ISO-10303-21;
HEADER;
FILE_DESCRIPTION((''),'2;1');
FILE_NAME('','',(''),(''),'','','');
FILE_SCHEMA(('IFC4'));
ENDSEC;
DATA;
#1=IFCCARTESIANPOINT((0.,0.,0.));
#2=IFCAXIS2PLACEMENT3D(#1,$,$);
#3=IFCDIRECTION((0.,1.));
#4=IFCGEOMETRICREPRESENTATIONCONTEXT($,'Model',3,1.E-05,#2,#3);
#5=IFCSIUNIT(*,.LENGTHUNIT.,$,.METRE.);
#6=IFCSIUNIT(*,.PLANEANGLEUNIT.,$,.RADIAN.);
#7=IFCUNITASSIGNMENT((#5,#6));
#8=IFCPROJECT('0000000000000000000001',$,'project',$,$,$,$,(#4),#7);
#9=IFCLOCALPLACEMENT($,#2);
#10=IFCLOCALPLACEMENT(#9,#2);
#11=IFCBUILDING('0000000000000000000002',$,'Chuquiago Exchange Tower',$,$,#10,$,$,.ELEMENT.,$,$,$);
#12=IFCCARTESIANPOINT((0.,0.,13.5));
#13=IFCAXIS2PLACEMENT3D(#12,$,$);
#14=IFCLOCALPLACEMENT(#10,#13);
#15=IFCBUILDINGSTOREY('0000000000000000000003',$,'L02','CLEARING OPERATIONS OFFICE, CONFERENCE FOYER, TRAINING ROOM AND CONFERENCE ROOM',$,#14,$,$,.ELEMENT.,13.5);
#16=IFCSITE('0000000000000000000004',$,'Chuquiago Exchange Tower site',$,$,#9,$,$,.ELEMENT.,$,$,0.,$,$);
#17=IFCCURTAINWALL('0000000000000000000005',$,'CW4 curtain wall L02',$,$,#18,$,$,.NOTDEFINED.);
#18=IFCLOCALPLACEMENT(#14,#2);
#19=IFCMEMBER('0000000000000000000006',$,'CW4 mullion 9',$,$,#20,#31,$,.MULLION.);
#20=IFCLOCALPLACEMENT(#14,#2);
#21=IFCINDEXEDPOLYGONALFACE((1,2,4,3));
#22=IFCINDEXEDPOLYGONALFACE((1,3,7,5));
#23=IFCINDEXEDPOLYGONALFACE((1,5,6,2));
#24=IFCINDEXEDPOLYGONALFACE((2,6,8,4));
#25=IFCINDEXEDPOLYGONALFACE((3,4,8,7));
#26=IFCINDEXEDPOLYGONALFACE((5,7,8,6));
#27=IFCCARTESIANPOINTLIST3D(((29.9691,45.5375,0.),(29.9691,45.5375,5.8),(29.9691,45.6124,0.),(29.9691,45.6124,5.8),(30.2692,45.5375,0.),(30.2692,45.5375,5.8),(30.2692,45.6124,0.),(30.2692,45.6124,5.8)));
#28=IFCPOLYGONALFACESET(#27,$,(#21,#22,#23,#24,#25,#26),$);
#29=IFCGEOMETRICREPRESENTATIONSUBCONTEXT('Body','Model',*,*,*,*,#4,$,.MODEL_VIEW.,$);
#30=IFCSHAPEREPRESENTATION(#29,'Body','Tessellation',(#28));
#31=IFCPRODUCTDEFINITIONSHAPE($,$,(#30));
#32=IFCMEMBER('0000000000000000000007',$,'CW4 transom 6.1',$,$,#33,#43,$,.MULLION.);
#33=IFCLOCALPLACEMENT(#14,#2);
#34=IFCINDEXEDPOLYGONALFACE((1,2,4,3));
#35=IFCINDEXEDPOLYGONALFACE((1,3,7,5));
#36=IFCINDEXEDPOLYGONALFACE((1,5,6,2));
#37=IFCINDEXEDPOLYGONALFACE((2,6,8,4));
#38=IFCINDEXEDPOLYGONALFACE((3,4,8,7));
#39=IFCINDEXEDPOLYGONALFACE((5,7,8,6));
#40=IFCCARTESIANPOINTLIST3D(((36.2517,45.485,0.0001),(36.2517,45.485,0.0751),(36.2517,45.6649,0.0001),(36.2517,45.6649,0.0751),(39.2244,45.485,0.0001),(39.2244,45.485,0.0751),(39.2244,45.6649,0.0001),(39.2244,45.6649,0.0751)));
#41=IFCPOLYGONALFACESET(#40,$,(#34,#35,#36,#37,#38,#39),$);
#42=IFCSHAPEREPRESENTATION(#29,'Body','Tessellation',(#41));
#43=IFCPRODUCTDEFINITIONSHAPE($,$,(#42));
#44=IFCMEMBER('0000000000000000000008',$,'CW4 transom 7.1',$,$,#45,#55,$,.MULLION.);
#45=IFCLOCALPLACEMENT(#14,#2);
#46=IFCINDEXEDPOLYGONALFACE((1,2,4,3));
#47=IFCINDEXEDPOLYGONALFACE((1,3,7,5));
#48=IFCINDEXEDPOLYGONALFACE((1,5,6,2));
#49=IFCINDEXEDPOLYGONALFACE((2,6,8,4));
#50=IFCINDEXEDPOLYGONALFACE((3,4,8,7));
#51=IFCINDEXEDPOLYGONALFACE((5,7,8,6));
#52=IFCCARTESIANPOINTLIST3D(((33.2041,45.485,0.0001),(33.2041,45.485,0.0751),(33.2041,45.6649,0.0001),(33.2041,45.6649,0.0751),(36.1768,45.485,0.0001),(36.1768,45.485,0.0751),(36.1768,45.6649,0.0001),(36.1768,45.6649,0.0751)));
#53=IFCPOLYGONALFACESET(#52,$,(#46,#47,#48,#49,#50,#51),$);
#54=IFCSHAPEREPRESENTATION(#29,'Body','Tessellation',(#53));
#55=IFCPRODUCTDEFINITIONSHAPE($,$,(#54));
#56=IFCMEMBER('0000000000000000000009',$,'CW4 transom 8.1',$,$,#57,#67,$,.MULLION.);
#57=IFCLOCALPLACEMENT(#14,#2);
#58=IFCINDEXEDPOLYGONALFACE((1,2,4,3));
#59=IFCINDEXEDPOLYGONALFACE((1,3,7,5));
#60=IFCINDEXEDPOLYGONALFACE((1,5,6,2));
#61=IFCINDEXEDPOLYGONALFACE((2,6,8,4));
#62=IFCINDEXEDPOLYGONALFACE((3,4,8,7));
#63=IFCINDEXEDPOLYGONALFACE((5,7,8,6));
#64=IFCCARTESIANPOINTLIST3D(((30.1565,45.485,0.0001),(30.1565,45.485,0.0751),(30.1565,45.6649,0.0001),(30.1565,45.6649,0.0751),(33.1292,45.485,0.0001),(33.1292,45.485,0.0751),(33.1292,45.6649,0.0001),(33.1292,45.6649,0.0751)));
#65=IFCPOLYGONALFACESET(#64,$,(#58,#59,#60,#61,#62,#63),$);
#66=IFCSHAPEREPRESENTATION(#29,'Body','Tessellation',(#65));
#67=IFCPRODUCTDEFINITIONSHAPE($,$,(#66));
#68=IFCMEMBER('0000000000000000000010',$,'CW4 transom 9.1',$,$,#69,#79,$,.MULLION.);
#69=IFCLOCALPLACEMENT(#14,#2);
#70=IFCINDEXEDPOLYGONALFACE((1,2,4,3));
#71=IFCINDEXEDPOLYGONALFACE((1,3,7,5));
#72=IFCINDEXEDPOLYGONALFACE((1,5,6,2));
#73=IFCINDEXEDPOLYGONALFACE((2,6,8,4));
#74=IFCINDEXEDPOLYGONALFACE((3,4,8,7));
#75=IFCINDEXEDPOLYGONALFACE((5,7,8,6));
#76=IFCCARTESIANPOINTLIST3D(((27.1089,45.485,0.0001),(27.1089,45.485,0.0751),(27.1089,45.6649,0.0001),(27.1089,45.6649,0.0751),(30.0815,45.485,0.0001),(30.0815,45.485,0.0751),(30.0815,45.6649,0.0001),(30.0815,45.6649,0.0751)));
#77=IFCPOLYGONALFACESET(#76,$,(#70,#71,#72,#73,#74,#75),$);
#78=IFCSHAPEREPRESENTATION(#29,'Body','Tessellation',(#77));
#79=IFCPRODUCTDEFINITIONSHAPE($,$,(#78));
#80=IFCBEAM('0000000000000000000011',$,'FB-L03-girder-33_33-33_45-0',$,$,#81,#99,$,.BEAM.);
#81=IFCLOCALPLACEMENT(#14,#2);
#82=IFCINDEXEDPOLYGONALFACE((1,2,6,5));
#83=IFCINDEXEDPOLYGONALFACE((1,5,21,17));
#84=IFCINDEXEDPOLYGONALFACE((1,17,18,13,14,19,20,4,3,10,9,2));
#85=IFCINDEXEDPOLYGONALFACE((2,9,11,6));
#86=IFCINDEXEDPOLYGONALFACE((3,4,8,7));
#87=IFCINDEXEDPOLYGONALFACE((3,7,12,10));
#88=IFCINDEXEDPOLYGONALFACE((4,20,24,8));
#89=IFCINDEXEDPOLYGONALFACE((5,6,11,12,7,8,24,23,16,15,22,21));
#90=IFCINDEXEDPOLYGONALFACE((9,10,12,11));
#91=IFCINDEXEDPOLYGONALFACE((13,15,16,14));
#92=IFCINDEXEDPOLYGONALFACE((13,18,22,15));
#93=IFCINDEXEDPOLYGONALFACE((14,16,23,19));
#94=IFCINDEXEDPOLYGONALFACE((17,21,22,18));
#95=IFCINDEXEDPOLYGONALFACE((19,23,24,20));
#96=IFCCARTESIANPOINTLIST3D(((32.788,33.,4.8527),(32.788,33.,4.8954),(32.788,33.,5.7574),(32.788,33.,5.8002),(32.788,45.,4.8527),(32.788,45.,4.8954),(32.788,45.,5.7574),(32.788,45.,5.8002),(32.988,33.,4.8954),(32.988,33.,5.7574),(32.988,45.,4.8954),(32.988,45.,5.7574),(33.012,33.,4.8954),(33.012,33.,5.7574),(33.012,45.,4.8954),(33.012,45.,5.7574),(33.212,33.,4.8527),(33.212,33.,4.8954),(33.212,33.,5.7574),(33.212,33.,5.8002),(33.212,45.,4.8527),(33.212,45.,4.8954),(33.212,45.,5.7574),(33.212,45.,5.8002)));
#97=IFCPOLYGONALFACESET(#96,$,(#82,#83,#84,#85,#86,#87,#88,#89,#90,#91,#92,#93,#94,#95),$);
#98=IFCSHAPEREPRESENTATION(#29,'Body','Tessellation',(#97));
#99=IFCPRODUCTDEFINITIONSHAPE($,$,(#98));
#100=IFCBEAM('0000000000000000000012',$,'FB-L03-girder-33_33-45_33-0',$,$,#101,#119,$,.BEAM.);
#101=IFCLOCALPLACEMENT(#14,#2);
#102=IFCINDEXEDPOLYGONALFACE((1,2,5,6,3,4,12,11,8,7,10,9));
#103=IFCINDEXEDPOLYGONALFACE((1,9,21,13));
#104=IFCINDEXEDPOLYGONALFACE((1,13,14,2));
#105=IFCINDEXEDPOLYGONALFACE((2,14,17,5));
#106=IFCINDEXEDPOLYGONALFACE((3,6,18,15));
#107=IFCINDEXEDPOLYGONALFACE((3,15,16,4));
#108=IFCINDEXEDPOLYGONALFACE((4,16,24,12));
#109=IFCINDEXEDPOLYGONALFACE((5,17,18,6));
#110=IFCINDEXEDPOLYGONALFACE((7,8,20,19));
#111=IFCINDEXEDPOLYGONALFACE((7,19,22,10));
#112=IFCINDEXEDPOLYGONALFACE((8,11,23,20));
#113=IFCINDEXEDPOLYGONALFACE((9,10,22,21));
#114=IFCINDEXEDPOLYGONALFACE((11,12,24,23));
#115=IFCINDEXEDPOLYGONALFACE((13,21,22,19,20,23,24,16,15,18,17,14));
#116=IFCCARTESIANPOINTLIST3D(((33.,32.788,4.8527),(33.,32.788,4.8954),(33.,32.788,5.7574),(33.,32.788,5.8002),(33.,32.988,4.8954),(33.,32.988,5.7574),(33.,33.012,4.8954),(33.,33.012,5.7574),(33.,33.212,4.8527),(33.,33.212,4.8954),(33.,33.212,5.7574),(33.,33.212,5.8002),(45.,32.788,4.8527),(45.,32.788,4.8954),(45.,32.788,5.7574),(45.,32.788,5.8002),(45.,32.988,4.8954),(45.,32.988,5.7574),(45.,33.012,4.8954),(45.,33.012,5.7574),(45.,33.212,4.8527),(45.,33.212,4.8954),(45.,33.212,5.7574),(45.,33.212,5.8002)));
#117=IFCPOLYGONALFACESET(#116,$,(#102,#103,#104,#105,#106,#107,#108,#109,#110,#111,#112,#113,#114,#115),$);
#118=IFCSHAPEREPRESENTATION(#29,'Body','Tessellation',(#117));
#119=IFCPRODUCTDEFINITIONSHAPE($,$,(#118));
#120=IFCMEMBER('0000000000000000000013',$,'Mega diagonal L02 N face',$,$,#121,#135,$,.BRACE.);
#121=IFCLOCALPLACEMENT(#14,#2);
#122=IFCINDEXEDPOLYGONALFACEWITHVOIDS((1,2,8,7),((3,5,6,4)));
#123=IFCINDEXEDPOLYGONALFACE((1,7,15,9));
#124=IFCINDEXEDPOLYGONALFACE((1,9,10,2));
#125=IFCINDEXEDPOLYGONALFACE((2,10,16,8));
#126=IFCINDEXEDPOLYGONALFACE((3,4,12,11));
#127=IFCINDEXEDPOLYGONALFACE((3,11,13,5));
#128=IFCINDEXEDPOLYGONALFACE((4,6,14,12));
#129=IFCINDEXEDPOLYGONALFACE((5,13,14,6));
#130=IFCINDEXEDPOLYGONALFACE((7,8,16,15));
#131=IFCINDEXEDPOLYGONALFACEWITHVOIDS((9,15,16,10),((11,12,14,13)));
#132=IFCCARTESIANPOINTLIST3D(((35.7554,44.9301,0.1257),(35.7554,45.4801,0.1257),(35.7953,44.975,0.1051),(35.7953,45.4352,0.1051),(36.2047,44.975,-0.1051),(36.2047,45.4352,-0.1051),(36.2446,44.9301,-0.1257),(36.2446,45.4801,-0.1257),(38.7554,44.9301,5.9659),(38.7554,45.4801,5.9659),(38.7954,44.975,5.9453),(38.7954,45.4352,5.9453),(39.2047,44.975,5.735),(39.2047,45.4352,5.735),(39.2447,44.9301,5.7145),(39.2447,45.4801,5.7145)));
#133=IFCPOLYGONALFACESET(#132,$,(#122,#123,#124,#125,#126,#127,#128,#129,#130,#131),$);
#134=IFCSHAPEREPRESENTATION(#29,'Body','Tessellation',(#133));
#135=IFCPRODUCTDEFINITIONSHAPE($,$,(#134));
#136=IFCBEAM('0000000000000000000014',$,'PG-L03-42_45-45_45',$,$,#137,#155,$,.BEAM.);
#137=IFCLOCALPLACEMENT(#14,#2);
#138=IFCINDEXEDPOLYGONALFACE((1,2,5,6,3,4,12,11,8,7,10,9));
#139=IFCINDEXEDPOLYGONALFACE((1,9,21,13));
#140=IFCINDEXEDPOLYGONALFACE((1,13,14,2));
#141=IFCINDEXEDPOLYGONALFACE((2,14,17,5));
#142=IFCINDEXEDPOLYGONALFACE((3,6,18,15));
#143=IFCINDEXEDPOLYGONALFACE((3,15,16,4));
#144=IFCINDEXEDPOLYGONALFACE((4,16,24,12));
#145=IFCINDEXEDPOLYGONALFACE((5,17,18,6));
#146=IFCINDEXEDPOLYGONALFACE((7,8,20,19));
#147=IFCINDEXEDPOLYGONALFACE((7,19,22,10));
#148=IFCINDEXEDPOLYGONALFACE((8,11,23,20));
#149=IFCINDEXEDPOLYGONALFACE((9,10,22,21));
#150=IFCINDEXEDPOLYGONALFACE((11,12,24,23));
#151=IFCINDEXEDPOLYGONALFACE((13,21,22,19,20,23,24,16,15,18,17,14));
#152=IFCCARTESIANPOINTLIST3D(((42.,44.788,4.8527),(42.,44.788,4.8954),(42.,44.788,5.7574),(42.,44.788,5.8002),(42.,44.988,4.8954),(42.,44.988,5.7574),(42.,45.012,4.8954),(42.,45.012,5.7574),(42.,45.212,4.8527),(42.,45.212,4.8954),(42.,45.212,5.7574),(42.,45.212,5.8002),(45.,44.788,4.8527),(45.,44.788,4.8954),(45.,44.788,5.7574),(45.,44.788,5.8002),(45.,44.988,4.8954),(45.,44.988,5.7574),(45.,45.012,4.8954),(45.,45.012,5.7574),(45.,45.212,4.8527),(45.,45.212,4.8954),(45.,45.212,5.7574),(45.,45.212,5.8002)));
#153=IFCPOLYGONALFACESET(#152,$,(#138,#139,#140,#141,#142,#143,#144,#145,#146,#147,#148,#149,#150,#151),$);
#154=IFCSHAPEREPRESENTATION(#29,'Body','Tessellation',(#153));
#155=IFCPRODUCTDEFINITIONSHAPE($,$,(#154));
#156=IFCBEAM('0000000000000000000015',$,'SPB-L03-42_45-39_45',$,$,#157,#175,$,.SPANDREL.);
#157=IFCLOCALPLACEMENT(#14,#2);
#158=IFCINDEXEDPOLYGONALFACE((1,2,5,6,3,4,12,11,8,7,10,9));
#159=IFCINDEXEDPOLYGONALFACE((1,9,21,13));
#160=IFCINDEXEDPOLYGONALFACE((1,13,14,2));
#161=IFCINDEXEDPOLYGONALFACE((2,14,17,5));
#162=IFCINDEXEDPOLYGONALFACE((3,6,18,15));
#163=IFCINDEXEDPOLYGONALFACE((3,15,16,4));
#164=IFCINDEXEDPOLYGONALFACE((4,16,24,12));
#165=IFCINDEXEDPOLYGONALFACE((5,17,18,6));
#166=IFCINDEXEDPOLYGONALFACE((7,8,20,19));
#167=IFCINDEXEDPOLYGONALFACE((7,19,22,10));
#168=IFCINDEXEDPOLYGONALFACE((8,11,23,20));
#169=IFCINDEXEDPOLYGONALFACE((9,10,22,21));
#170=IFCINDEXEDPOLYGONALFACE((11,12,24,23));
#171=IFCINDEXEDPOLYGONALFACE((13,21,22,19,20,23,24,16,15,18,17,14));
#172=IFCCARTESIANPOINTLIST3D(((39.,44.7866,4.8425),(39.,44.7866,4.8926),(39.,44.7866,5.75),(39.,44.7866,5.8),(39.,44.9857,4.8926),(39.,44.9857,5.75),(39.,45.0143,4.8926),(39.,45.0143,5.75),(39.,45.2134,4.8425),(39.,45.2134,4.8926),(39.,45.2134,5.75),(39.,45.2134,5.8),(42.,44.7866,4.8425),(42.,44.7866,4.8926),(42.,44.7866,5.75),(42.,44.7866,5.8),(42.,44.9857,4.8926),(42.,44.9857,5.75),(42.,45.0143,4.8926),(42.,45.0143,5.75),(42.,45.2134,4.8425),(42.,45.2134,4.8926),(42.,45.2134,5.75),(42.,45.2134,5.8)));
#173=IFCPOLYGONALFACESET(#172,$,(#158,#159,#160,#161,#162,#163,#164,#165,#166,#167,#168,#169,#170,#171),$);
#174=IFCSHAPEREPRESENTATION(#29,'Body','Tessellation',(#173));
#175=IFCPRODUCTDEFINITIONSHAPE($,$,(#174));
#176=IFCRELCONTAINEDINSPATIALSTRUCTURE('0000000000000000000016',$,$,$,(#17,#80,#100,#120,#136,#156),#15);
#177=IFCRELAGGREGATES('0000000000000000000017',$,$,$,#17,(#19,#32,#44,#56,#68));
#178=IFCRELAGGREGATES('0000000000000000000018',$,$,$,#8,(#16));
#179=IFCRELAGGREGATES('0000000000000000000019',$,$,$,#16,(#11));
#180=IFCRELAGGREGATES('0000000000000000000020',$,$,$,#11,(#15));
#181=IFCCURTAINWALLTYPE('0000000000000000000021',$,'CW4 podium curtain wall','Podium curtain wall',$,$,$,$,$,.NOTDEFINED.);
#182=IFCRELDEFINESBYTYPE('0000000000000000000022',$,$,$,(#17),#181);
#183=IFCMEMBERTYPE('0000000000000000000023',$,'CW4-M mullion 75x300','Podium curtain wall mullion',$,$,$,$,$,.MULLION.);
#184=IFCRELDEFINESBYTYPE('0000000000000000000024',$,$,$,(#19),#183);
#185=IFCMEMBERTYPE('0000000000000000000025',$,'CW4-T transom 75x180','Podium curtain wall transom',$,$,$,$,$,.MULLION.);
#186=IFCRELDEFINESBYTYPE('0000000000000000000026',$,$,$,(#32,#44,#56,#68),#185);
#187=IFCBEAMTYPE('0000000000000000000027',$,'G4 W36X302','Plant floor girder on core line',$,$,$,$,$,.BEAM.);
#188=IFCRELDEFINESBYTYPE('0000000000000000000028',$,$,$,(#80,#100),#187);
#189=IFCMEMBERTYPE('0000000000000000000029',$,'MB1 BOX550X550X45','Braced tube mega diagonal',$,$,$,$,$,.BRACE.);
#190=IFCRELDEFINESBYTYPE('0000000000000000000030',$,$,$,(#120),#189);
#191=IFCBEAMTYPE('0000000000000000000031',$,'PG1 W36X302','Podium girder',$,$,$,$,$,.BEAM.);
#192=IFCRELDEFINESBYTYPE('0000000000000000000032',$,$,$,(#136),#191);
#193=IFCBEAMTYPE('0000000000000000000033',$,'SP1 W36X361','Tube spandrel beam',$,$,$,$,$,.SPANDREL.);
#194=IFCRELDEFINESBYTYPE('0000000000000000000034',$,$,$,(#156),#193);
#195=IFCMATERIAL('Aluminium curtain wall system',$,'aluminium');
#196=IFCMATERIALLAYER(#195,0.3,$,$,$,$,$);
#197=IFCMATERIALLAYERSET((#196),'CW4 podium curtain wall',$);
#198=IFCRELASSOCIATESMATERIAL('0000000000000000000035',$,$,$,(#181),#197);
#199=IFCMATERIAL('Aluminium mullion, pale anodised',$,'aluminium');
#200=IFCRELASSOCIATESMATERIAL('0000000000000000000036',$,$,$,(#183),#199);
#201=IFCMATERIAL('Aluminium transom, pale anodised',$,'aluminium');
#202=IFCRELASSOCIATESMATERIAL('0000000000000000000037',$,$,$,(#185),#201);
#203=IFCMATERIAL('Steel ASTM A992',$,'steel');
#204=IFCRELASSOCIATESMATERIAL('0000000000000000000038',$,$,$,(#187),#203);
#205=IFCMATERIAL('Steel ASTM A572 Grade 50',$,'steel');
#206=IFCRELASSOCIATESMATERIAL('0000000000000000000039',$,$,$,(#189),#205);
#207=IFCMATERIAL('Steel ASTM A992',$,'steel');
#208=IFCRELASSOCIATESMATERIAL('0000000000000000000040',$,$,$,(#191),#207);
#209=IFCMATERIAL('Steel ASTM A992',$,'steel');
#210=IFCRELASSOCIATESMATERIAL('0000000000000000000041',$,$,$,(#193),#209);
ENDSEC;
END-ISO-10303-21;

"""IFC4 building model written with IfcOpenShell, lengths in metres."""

from ifc_helpers import new_model, si_unit, direction, frame, origin, origin_2d, place, context, subcontext, project, spatial, rectangle, hollow_rectangle, i_section, extrude, material, layer, layer_set, material_profile, profile_set, type_object, element, aggregate, save


model = new_model("IFC4")

# Units and contexts
model_context = context("Model", 3, precision=1e-05, world=origin(), true_north=direction((0.0, 1.0)))
body_context = subcontext(model_context, "Body", "Model", "MODEL_VIEW")
ifc_project = project(units=[si_unit("LENGTHUNIT", "METRE"), si_unit("PLANEANGLEUNIT", "RADIAN")], contexts=[model_context])

# Site, building, storey
site_placement = place(None, origin())
site = spatial("IfcSite", under=ifc_project, at=site_placement, Name="Chuquiago Exchange Tower site", CompositionType="ELEMENT", RefElevation=0.0)
building_placement = place(site_placement, origin())
building = spatial("IfcBuilding", under=site, at=building_placement, Name="Chuquiago Exchange Tower", CompositionType="ELEMENT")
storey_placement = place(building_placement, frame((0.0, 0.0, 13.5)))
storey = spatial("IfcBuildingStorey", under=building, at=storey_placement, Name="L02", Description="CLEARING OPERATIONS OFFICE, CONFERENCE FOYER, TRAINING ROOM AND CONFERENCE ROOM", CompositionType="ELEMENT", Elevation=13.5)

# Curtain wall, members
ifc_material_1 = material(Name="Aluminium curtain wall system", Category="aluminium")
ifc_layer_1 = layer(ifc_material_1, 0.3)
ifc_layer_set_1 = layer_set([ifc_layer_1], Name="CW4 podium curtain wall")
curtain_wall_type = type_object("IfcCurtainWallType", Name="CW4 podium curtain wall", Description="Podium curtain wall", PredefinedType="NOTDEFINED", material=ifc_layer_set_1)
curtain_wall_placement = place(storey_placement, origin())
curtain_wall = element("IfcCurtainWall", 1, at=curtain_wall_placement, inside=storey, type_object=curtain_wall_type, Name="CW4 curtain wall L02", PredefinedType="NOTDEFINED")
ifc_material_2 = material(Name="Aluminium mullion, pale anodised", Category="aluminium")
ifc_material_profile_1 = material_profile(ifc_material_2, rectangle(XDim=0.075, YDim=0.3, at=origin_2d()), Name="AL 75x300")
ifc_profile_set_1 = profile_set([ifc_material_profile_1], Name="Aluminium mullion, pale anodised")
member_type_1 = type_object("IfcMemberType", Name="CW4-M mullion 75x300", Description="Podium curtain wall mullion", PredefinedType="MULLION", material=ifc_profile_set_1)
member_1_placement = place(storey_placement, frame((30.1191, 45.575, 0.0), z_axis=(0.0, 0.0, 1.0), x_axis=(0.0, -1.0, 0.0)))
member_1 = element("IfcMember", 2, at=member_1_placement, type_object=member_type_1, Name="CW4 mullion 9", PredefinedType="MULLION", context=body_context, shape_type="SweptSolid", body=[
    extrude(rectangle(XDim=0.075, YDim=0.3, at=origin_2d()), origin(), (0.0, 0.0, 1.0), 5.8),
])
ifc_material_3 = material(Name="Aluminium transom, pale anodised", Category="aluminium")
ifc_material_profile_2 = material_profile(ifc_material_3, rectangle(XDim=0.1799, YDim=0.075, at=origin_2d()), Name="AL 180x75")
ifc_profile_set_2 = profile_set([ifc_material_profile_2], Name="Aluminium transom, pale anodised")
member_type_2 = type_object("IfcMemberType", Name="CW4-T transom 75x180", Description="Podium curtain wall transom", PredefinedType="MULLION", material=ifc_profile_set_2)
member_2_placement = place(storey_placement, frame((39.2244, 45.575, 0.0376), z_axis=(-1.0, 0.0, 0.0), x_axis=(0.0, -1.0, 0.0)))
member_2 = element("IfcMember", 3, at=member_2_placement, type_object=member_type_2, Name="CW4 transom 6.1", PredefinedType="MULLION", context=body_context, shape_type="SweptSolid", body=[
    extrude(rectangle(XDim=0.1799, YDim=0.075, at=origin_2d()), origin(), (0.0, 0.0, 1.0), 2.9727),
])
member_3_placement = place(storey_placement, frame((36.1768, 45.575, 0.0376), z_axis=(-1.0, 0.0, 0.0), x_axis=(0.0, -1.0, 0.0)))
member_3 = element("IfcMember", 4, at=member_3_placement, type_object=member_type_2, Name="CW4 transom 7.1", PredefinedType="MULLION", context=body_context, shape_type="SweptSolid", body=[
    extrude(rectangle(XDim=0.1799, YDim=0.075, at=origin_2d()), origin(), (0.0, 0.0, 1.0), 2.9727),
])
member_4_placement = place(storey_placement, frame((33.1292, 45.575, 0.0376), z_axis=(-1.0, 0.0, 0.0), x_axis=(0.0, -1.0, 0.0)))
member_4 = element("IfcMember", 5, at=member_4_placement, type_object=member_type_2, Name="CW4 transom 8.1", PredefinedType="MULLION", context=body_context, shape_type="SweptSolid", body=[
    extrude(rectangle(XDim=0.1799, YDim=0.075, at=origin_2d()), origin(), (0.0, 0.0, 1.0), 2.9727),
])
member_5_placement = place(storey_placement, frame((30.0815, 45.575, 0.0376), z_axis=(-1.0, 0.0, 0.0), x_axis=(0.0, -1.0, 0.0)))
member_5 = element("IfcMember", 6, at=member_5_placement, type_object=member_type_2, Name="CW4 transom 9.1", PredefinedType="MULLION", context=body_context, shape_type="SweptSolid", body=[
    extrude(rectangle(XDim=0.1799, YDim=0.075, at=origin_2d()), origin(), (0.0, 0.0, 1.0), 2.9727),
])

# Beams
ifc_material_4 = material(Name="Steel ASTM A992", Category="steel")
ifc_material_profile_3 = material_profile(ifc_material_4, i_section(OverallWidth=0.4241, OverallDepth=0.9475, WebThickness=0.0239, FlangeThickness=0.0427, at=origin_2d()), Name="W36X302")
ifc_profile_set_3 = profile_set([ifc_material_profile_3], Name="Steel ASTM A992")
beam_type_1 = type_object("IfcBeamType", Name="G4 W36X302", Description="Plant floor girder on core line", PredefinedType="BEAM", material=ifc_profile_set_3)
for number, where, z_axis, x_axis, name in (
    (7, (33.0, 33.0, 5.3264), (0.0, 1.0, 0.0), (-1.0, 0.0, 0.0), "FB-L03-girder-33_33-33_45-0"),
    (8, (33.0, 33.0, 5.3264), (1.0, 0.0, 0.0), (0.0, 1.0, 0.0), "FB-L03-girder-33_33-45_33-0"),
):
    element("IfcBeam", number, at=place(storey_placement, frame(where, z_axis=z_axis, x_axis=x_axis)), inside=storey, type_object=beam_type_1, Name=name, PredefinedType="BEAM", context=body_context, shape_type="SweptSolid", body=[
        extrude(i_section(OverallWidth=0.4241, OverallDepth=0.9475, WebThickness=0.0239, FlangeThickness=0.0427, at=origin_2d()), origin(), (0.0, 0.0, 1.0), 12.0),
    ])

# Member
ifc_material_5 = material(Name="Steel ASTM A572 Grade 50", Category="steel")
ifc_material_profile_4 = material_profile(ifc_material_5, hollow_rectangle(XDim=0.55, YDim=0.55, WallThickness=0.0449, at=origin_2d()), Name="BOX550X550X45")
ifc_profile_set_4 = profile_set([ifc_material_profile_4], Name="Steel ASTM A572 Grade 50")
member_type_3 = type_object("IfcMemberType", Name="MB1 BOX550X550X45", Description="Braced tube mega diagonal", PredefinedType="BRACE", material=ifc_profile_set_4)
member_6_placement = place(storey_placement, frame((36.0, 45.2051, 0.0), z_axis=(0.45693, 0.0, 0.889503), x_axis=(0.0, 1.0, 0.0)))
element("IfcMember", 9, at=member_6_placement, inside=storey, type_object=member_type_3, Name="Mega diagonal L02 N face", PredefinedType="BRACE", context=body_context, shape_type="SweptSolid", body=[
    extrude(hollow_rectangle(XDim=0.55, YDim=0.55, WallThickness=0.0449, at=origin_2d()), origin(), (0.0, 0.0, 1.0), 6.5657),
])

# Beams
ifc_material_6 = material(Name="Steel ASTM A992", Category="steel")
ifc_material_profile_5 = material_profile(ifc_material_6, i_section(OverallWidth=0.4241, OverallDepth=0.9475, WebThickness=0.0239, FlangeThickness=0.0427, at=origin_2d()), Name="W36X302")
ifc_profile_set_5 = profile_set([ifc_material_profile_5], Name="Steel ASTM A992")
beam_type_2 = type_object("IfcBeamType", Name="PG1 W36X302", Description="Podium girder", PredefinedType="BEAM", material=ifc_profile_set_5)
beam_placement = place(storey_placement, frame((42.0, 45.0, 5.3264), z_axis=(1.0, 0.0, 0.0), x_axis=(0.0, 1.0, 0.0)))
element("IfcBeam", 10, at=beam_placement, inside=storey, type_object=beam_type_2, Name="PG-L03-42_45-45_45", PredefinedType="BEAM", context=body_context, shape_type="SweptSolid", body=[
    extrude(i_section(OverallWidth=0.4241, OverallDepth=0.9475, WebThickness=0.0239, FlangeThickness=0.0427, at=origin_2d()), origin(), (0.0, 0.0, 1.0), 3.0),
])
ifc_material_7 = material(Name="Steel ASTM A992", Category="steel")
ifc_material_profile_6 = material_profile(ifc_material_7, i_section(OverallWidth=0.4268, OverallDepth=0.9575, WebThickness=0.0286, FlangeThickness=0.05, at=origin_2d()), Name="W36X361")
ifc_profile_set_6 = profile_set([ifc_material_profile_6], Name="Steel ASTM A992")
beam_type_3 = type_object("IfcBeamType", Name="SP1 W36X361", Description="Tube spandrel beam", PredefinedType="SPANDREL", material=ifc_profile_set_6)
for number, where, z_axis, x_axis, name in (
    (11, (42.0, 45.0, 5.3213), (-1.0, 0.0, 0.0), (0.0, -1.0, 0.0), "SPB-L03-42_45-39_45"),
):
    element("IfcBeam", number, at=place(storey_placement, frame(where, z_axis=z_axis, x_axis=x_axis)), inside=storey, type_object=beam_type_3, Name=name, PredefinedType="SPANDREL", context=body_context, shape_type="SweptSolid", body=[
        extrude(i_section(OverallWidth=0.4268, OverallDepth=0.9575, WebThickness=0.0286, FlangeThickness=0.05, at=origin_2d()), origin(), (0.0, 0.0, 1.0), 3.0),
    ])

aggregate(curtain_wall, [member_1, member_2, member_3, member_4, member_5])

save(model, "model.ifc")
